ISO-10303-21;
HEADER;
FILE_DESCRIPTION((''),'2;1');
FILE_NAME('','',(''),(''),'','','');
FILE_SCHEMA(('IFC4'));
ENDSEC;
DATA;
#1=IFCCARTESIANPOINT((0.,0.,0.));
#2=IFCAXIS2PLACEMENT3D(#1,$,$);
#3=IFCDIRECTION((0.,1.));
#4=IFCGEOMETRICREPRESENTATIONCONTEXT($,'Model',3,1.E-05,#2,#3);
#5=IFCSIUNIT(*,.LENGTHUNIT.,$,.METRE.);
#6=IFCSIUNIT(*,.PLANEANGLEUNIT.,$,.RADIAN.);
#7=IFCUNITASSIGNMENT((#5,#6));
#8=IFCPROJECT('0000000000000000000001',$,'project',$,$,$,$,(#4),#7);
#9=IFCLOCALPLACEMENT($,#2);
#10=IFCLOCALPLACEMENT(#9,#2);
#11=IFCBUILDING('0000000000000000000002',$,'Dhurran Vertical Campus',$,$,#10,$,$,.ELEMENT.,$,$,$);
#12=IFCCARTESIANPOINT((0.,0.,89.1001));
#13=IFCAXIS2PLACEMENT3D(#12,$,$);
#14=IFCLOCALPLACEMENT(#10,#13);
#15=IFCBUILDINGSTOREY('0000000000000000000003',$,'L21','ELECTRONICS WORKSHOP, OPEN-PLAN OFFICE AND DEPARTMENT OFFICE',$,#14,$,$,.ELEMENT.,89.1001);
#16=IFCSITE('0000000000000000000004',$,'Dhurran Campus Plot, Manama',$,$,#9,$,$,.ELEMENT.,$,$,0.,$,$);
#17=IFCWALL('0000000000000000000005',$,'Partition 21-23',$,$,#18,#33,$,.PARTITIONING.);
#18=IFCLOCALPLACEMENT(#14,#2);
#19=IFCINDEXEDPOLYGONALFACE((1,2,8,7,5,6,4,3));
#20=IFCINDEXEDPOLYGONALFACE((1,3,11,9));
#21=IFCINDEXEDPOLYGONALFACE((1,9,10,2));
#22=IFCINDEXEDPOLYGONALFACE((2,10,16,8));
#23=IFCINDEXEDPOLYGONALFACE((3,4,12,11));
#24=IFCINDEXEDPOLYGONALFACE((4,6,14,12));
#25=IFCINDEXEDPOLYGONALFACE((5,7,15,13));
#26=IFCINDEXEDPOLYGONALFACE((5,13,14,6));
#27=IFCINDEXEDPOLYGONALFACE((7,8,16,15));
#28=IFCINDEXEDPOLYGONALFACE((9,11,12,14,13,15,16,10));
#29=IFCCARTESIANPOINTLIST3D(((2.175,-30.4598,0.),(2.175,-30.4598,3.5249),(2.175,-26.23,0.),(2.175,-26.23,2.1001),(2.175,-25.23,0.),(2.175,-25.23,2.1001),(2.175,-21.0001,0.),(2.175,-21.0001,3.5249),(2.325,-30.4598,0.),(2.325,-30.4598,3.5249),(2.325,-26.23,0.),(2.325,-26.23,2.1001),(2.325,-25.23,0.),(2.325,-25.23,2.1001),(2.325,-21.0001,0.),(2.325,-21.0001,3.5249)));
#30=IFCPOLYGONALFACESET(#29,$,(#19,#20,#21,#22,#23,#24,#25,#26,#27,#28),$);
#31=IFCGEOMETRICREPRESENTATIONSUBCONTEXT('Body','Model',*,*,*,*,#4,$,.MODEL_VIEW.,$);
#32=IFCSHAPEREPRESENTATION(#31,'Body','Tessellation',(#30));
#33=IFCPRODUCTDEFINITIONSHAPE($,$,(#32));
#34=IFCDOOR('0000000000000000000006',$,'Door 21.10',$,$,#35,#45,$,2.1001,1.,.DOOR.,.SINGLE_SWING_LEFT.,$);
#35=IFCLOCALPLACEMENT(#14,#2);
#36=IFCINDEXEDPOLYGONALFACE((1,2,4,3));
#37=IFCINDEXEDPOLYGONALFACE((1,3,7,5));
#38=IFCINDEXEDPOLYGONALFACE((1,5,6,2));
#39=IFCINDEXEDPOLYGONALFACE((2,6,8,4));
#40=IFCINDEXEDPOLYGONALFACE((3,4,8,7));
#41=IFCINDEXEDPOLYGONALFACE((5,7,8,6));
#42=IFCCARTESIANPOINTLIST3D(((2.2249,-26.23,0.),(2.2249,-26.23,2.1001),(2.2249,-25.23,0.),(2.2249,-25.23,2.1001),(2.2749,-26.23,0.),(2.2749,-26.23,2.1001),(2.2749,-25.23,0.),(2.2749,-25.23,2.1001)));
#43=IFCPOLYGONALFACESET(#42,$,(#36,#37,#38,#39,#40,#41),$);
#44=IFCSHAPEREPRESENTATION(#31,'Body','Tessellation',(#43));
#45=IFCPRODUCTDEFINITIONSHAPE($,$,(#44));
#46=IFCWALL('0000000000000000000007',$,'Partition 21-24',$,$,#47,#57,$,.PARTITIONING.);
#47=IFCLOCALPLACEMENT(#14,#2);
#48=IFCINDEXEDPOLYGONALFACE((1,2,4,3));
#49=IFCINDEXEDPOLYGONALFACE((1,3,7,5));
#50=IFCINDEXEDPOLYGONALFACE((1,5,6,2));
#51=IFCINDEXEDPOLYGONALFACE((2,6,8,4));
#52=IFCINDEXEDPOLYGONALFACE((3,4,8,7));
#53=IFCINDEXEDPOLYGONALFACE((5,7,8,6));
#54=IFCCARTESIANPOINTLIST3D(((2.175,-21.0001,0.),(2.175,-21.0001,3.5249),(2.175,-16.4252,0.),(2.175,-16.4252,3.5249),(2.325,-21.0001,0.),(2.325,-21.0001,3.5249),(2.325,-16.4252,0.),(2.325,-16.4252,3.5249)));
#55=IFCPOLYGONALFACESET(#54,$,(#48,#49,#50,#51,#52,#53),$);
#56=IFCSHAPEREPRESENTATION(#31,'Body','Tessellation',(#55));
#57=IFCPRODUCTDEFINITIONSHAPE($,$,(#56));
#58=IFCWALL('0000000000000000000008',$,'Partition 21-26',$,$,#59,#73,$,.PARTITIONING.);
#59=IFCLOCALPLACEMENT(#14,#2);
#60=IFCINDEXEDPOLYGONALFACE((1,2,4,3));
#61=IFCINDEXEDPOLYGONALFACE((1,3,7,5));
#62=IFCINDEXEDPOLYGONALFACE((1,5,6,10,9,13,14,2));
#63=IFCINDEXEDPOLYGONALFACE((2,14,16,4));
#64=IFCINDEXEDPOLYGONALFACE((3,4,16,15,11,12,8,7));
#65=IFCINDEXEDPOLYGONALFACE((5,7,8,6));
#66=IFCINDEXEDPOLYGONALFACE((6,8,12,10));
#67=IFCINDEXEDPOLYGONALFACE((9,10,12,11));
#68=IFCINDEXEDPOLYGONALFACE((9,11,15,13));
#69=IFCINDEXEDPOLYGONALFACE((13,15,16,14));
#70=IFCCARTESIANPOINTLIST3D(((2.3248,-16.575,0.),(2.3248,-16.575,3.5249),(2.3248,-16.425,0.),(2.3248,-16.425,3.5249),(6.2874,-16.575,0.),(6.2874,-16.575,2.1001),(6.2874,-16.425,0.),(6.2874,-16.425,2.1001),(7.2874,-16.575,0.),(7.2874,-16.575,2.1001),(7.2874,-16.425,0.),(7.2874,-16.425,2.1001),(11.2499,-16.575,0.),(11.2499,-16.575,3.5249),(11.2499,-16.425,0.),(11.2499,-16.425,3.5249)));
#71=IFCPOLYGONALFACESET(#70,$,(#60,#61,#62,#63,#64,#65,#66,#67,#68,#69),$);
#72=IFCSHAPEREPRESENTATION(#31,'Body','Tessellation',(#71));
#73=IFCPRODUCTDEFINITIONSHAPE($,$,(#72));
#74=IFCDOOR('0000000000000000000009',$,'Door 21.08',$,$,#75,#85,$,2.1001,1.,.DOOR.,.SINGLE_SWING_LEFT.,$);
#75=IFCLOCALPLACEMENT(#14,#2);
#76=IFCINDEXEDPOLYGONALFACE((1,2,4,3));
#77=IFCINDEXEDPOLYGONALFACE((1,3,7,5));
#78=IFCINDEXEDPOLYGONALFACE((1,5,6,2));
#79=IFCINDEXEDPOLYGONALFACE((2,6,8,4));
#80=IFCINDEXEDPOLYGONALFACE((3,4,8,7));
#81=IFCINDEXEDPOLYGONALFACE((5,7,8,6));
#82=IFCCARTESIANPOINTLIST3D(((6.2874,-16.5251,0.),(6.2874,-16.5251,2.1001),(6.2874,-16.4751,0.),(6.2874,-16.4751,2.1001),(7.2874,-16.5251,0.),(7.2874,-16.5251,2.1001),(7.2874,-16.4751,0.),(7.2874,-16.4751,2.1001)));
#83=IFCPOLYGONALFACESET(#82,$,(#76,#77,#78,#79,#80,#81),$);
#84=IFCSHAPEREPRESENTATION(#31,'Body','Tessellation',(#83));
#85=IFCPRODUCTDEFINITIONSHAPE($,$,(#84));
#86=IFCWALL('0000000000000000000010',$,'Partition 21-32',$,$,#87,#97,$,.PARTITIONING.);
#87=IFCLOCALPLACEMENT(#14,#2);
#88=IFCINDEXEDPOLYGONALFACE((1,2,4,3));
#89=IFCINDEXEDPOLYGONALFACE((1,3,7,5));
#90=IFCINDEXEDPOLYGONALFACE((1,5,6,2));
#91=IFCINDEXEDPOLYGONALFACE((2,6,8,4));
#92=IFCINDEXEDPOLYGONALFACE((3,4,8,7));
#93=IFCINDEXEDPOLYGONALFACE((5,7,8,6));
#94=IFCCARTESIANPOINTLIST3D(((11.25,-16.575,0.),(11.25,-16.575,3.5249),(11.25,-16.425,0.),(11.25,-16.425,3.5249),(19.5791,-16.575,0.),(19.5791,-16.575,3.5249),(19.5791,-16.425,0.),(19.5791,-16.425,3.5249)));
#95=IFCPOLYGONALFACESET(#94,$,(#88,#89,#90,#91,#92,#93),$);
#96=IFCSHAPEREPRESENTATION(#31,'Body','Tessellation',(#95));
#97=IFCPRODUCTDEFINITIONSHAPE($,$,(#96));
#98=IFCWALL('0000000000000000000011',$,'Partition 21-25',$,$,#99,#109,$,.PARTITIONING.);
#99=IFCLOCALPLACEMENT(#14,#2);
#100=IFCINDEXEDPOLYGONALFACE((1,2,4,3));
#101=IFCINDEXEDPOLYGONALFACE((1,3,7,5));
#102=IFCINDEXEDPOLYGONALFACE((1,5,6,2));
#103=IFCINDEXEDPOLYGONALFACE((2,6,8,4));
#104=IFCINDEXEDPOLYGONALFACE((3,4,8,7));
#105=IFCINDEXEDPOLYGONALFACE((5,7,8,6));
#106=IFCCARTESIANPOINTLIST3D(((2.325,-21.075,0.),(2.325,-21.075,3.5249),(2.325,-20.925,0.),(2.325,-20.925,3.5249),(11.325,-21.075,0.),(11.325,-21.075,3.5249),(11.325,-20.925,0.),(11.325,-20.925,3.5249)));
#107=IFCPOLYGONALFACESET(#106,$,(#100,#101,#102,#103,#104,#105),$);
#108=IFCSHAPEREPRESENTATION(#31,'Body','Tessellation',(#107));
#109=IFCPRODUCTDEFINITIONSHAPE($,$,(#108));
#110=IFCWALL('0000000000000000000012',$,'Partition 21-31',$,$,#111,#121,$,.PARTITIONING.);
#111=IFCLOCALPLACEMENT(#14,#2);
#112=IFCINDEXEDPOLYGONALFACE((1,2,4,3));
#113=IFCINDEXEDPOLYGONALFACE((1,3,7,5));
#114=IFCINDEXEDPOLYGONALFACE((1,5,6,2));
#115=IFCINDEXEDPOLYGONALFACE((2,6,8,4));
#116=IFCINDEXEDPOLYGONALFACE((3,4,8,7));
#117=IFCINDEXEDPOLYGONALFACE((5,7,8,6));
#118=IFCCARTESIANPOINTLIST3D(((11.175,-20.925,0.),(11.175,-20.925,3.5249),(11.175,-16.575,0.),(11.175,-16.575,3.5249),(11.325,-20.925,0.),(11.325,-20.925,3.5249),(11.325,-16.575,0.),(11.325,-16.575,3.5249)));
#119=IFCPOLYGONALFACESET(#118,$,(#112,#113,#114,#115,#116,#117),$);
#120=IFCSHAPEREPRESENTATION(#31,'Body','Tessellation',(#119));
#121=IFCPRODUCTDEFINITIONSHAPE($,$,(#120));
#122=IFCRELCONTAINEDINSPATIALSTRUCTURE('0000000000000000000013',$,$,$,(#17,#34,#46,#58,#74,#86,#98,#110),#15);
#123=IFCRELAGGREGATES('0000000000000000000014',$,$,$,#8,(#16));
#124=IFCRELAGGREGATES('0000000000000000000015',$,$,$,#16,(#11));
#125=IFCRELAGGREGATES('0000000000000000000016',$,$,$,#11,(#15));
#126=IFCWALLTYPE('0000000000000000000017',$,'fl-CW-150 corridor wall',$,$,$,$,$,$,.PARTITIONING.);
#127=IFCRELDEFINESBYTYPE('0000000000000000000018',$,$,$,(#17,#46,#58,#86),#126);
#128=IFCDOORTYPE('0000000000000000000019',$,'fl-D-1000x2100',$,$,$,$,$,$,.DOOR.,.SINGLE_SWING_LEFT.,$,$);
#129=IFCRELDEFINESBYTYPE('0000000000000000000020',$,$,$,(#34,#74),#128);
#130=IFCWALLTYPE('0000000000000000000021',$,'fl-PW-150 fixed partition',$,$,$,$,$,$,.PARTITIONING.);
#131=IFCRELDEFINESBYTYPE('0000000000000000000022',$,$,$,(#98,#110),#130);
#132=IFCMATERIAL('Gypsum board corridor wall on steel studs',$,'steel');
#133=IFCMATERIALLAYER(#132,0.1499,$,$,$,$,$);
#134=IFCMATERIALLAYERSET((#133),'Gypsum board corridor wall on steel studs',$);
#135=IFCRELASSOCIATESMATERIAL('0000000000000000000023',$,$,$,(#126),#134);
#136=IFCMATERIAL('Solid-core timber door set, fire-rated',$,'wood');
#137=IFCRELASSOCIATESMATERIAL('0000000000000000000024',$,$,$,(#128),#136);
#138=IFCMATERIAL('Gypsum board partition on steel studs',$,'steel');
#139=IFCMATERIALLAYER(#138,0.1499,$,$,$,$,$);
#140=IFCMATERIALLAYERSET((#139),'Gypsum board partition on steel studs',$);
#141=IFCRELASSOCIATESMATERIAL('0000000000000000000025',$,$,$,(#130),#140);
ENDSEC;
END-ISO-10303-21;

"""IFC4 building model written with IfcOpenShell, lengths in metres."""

from ifc_helpers import new_model, si_unit, direction, frame, frame_2d, origin, place, context, subcontext, project, spatial, rectangle, extrude, material, layer, layer_set, type_object, element, fill, save


model = new_model("IFC4")

# Units and contexts
model_context = context("Model", 3, precision=1e-05, world=origin(), true_north=direction((0.0, 1.0)))
body_context = subcontext(model_context, "Body", "Model", "MODEL_VIEW")
ifc_project = project(units=[si_unit("LENGTHUNIT", "METRE"), si_unit("PLANEANGLEUNIT", "RADIAN")], contexts=[model_context])

# Site, building, storey
site_placement = place(None, origin())
site = spatial("IfcSite", under=ifc_project, at=site_placement, Name="Dhurran Campus Plot, Manama", CompositionType="ELEMENT", RefElevation=0.0)
building_placement = place(site_placement, origin())
building = spatial("IfcBuilding", under=site, at=building_placement, Name="Dhurran Vertical Campus", CompositionType="ELEMENT")
storey_placement = place(building_placement, frame((0.0, 0.0, 89.1001)))
storey = spatial("IfcBuildingStorey", under=building, at=storey_placement, Name="L21", Description="ELECTRONICS WORKSHOP, OPEN-PLAN OFFICE AND DEPARTMENT OFFICE", CompositionType="ELEMENT", Elevation=89.1001)

# Wall, opening, door
ifc_material_1 = material(Name="Gypsum board corridor wall on steel studs", Category="steel")
ifc_layer_1 = layer(ifc_material_1, 0.1499)
ifc_layer_set_1 = layer_set([ifc_layer_1], Name="Gypsum board corridor wall on steel studs")
wall_type_1 = type_object("IfcWallType", Name="fl-CW-150 corridor wall", PredefinedType="PARTITIONING", material=ifc_layer_set_1)
wall_1_placement = place(storey_placement, frame((2.25, -21.0, 0.0), z_axis=(0.0, 0.0, 1.0), x_axis=(0.0, -1.0, 0.0)))
wall_1 = element("IfcWall", 1, at=wall_1_placement, inside=storey, type_object=wall_type_1, Name="Partition 21-23", PredefinedType="PARTITIONING", context=body_context, shape_type="SweptSolid", body=[
    extrude(rectangle(XDim=9.4597, YDim=0.1499, at=frame_2d((4.73, 0.0))), origin(), (0.0, 0.0, 1.0), 3.5249),
])
opening_1_placement = place(wall_1_placement, frame((4.23, 0.0, 0.0)))
opening_1 = element("IfcOpeningElement", 2, at=opening_1_placement, cuts=wall_1, PredefinedType="OPENING", context=body_context, shape_type="SweptSolid", body=[
    extrude(rectangle(XDim=1.0, YDim=2.1001, at=frame_2d((0.5, 1.05))), frame((0.0, 0.085, 0.0), z_axis=(0.0, -1.0, 0.0), x_axis=(1.0, 0.0, 0.0)), (0.0, 0.0, 1.0), 0.1699),
])
ifc_material_2 = material(Name="Solid-core timber door set, fire-rated", Category="wood")
door_type_1 = type_object("IfcDoorType", Name="fl-D-1000x2100", OperationType="SINGLE_SWING_LEFT", PredefinedType="DOOR", material=ifc_material_2)
door_1_placement = place(opening_1_placement, origin())
door_1 = element("IfcDoor", 3, at=door_1_placement, inside=storey, type_object=door_type_1, Name="Door 21.10", OperationType="SINGLE_SWING_LEFT", OverallHeight=2.1001, OverallWidth=1.0, PredefinedType="DOOR", context=body_context, shape_type="SweptSolid", body=[
    extrude(rectangle(XDim=1.0, YDim=2.1001, at=frame_2d((0.5, 1.05))), frame((0.0, 0.0249, 0.0), z_axis=(0.0, -1.0, 0.0), x_axis=(1.0, 0.0, 0.0)), (0.0, 0.0, 1.0), 0.05),
])
fill(opening_1, door_1)

# Wall
wall_2_placement = place(storey_placement, frame((2.25, -16.425, 0.0), z_axis=(0.0, 0.0, 1.0), x_axis=(0.0, -1.0, 0.0)))
element("IfcWall", 4, at=wall_2_placement, inside=storey, type_object=wall_type_1, Name="Partition 21-24", PredefinedType="PARTITIONING", context=body_context, shape_type="SweptSolid", body=[
    extrude(rectangle(XDim=4.575, YDim=0.1499, at=frame_2d((2.2876, 0.0))), origin(), (0.0, 0.0, 1.0), 3.5249),
])

# Wall, opening, door
wall_3_placement = place(storey_placement, frame((2.325, -16.5, 0.0), z_axis=(0.0, 0.0, 1.0), x_axis=(1.0, 0.0, 0.0)))
wall_3 = element("IfcWall", 5, at=wall_3_placement, inside=storey, type_object=wall_type_1, Name="Partition 21-26", PredefinedType="PARTITIONING", context=body_context, shape_type="SweptSolid", body=[
    extrude(rectangle(XDim=8.925, YDim=0.1499, at=frame_2d((4.4624, 0.0))), origin(), (0.0, 0.0, 1.0), 3.5249),
])
opening_2_placement = place(wall_3_placement, frame((3.9624, 0.0, 0.0)))
opening_2 = element("IfcOpeningElement", 6, at=opening_2_placement, cuts=wall_3, PredefinedType="OPENING", context=body_context, shape_type="SweptSolid", body=[
    extrude(rectangle(XDim=1.0, YDim=2.1001, at=frame_2d((0.5, 1.05))), frame((0.0, 0.085, 0.0), z_axis=(0.0, -1.0, 0.0), x_axis=(1.0, 0.0, 0.0)), (0.0, 0.0, 1.0), 0.1699),
])
door_2_placement = place(opening_2_placement, origin())
door_2 = element("IfcDoor", 7, at=door_2_placement, inside=storey, type_object=door_type_1, Name="Door 21.08", OperationType="SINGLE_SWING_LEFT", OverallHeight=2.1001, OverallWidth=1.0, PredefinedType="DOOR", context=body_context, shape_type="SweptSolid", body=[
    extrude(rectangle(XDim=1.0, YDim=2.1001, at=frame_2d((0.5, 1.05))), frame((0.0, 0.0249, 0.0), z_axis=(0.0, -1.0, 0.0), x_axis=(1.0, 0.0, 0.0)), (0.0, 0.0, 1.0), 0.05),
])
fill(opening_2, door_2)

# Walls
wall_4_placement = place(storey_placement, frame((11.25, -16.5, 0.0), z_axis=(0.0, 0.0, 1.0), x_axis=(1.0, 0.0, 0.0)))
element("IfcWall", 8, at=wall_4_placement, inside=storey, type_object=wall_type_1, Name="Partition 21-32", PredefinedType="PARTITIONING", context=body_context, shape_type="SweptSolid", body=[
    extrude(rectangle(XDim=8.3291, YDim=0.1499, at=frame_2d((4.1646, 0.0))), origin(), (0.0, 0.0, 1.0), 3.5249),
])
ifc_material_3 = material(Name="Gypsum board partition on steel studs", Category="steel")
ifc_layer_2 = layer(ifc_material_3, 0.1499)
ifc_layer_set_2 = layer_set([ifc_layer_2], Name="Gypsum board partition on steel studs")
wall_type_2 = type_object("IfcWallType", Name="fl-PW-150 fixed partition", PredefinedType="PARTITIONING", material=ifc_layer_set_2)
wall_5_placement = place(storey_placement, frame((11.325, -21.0, 0.0), z_axis=(0.0, 0.0, 1.0), x_axis=(-1.0, 0.0, 0.0)))
element("IfcWall", 9, at=wall_5_placement, inside=storey, type_object=wall_type_2, Name="Partition 21-25", PredefinedType="PARTITIONING", context=body_context, shape_type="SweptSolid", body=[
    extrude(rectangle(XDim=9.0, YDim=0.1499, at=frame_2d((4.5, 0.0))), origin(), (0.0, 0.0, 1.0), 3.5249),
])
wall_6_placement = place(storey_placement, frame((11.25, -16.575, 0.0), z_axis=(0.0, 0.0, 1.0), x_axis=(0.0, -1.0, 0.0)))
element("IfcWall", 10, at=wall_6_placement, inside=storey, type_object=wall_type_2, Name="Partition 21-31", PredefinedType="PARTITIONING", context=body_context, shape_type="SweptSolid", body=[
    extrude(rectangle(XDim=4.3501, YDim=0.1499, at=frame_2d((2.175, 0.0))), origin(), (0.0, 0.0, 1.0), 3.5249),
])

save(model, "model.ifc")
